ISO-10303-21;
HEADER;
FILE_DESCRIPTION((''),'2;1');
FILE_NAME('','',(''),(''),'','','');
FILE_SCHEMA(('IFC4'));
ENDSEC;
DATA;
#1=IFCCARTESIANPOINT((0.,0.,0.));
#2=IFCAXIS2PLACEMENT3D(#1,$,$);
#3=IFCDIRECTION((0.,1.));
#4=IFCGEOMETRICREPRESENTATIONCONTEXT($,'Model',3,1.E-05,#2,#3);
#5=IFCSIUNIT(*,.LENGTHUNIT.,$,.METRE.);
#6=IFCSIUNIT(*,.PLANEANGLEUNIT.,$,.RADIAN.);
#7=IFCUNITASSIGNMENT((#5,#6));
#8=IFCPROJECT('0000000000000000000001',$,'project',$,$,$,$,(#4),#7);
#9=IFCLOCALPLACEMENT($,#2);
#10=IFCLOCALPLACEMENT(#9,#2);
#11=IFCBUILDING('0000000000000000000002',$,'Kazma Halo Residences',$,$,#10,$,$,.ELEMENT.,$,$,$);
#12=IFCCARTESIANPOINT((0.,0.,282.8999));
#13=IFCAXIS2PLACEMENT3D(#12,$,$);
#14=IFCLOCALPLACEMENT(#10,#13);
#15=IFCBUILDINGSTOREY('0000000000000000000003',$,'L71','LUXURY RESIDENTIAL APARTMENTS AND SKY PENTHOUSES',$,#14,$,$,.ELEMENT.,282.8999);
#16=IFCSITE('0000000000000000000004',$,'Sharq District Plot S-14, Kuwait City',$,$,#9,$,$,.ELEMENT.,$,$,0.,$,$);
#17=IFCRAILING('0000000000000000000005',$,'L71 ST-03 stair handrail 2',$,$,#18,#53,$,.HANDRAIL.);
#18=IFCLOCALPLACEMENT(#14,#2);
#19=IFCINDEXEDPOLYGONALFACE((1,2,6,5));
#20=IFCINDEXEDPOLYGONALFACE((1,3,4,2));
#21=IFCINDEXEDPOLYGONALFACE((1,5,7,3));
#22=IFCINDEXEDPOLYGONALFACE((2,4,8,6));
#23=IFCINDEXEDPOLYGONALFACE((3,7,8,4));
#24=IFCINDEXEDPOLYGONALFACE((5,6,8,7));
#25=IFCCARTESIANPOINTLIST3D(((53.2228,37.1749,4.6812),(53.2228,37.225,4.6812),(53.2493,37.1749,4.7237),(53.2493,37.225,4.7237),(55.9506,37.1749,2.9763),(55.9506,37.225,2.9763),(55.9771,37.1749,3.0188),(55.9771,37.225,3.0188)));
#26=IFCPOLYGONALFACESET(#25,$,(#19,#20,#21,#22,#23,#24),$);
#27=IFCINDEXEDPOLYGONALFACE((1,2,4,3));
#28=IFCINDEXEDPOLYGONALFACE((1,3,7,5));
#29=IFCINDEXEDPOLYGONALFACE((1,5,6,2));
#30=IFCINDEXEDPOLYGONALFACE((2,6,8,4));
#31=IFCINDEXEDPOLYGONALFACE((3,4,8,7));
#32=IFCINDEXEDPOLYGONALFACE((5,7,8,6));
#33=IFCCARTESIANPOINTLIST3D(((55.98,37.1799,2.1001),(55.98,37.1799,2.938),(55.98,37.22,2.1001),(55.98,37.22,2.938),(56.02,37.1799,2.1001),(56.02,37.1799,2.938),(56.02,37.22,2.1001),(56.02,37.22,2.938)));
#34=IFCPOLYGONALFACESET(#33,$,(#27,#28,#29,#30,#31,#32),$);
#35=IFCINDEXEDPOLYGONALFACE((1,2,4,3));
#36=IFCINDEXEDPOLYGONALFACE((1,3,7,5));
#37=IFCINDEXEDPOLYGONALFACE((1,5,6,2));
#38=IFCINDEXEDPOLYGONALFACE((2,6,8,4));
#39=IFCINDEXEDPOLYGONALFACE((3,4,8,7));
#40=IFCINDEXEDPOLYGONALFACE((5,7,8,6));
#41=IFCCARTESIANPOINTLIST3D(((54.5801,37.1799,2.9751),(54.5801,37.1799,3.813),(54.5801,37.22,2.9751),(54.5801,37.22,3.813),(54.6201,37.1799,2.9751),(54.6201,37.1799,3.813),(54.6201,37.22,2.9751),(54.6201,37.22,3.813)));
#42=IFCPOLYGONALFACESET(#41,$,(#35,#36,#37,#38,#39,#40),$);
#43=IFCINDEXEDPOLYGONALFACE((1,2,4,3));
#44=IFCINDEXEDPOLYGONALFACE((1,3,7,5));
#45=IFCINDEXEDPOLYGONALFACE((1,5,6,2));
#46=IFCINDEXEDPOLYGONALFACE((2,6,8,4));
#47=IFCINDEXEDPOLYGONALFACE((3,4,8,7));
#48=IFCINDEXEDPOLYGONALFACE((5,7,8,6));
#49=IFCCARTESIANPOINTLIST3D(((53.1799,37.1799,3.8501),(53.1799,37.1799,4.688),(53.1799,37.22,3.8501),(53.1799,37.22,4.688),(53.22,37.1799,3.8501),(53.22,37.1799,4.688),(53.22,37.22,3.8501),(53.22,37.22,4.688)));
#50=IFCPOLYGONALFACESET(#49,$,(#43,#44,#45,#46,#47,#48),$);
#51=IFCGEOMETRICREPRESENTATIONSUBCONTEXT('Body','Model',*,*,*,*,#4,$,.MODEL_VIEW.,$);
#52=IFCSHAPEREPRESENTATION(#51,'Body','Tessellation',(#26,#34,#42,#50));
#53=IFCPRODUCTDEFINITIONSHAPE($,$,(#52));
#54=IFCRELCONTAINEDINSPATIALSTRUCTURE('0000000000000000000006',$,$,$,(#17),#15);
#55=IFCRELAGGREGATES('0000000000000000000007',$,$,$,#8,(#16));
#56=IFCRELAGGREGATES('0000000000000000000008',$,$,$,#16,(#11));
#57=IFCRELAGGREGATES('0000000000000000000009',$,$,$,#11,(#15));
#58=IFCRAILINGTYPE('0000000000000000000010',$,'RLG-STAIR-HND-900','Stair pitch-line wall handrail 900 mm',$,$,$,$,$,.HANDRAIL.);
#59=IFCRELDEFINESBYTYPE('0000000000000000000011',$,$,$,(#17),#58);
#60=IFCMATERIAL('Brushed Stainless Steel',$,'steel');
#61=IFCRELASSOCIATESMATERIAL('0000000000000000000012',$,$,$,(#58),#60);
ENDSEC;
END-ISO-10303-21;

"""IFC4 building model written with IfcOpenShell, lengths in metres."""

from ifc_helpers import new_model, si_unit, direction, frame, origin, origin_2d, place, context, subcontext, project, spatial, rectangle, extrude, material, type_object, element, save


model = new_model("IFC4")

# Units and contexts
model_context = context("Model", 3, precision=1e-05, world=origin(), true_north=direction((0.0, 1.0)))
body_context = subcontext(model_context, "Body", "Model", "MODEL_VIEW")
ifc_project = project(units=[si_unit("LENGTHUNIT", "METRE"), si_unit("PLANEANGLEUNIT", "RADIAN")], contexts=[model_context])

# Site, building, storey
site_placement = place(None, origin())
site = spatial("IfcSite", under=ifc_project, at=site_placement, Name="Sharq District Plot S-14, Kuwait City", CompositionType="ELEMENT", RefElevation=0.0)
building_placement = place(site_placement, origin())
building = spatial("IfcBuilding", under=site, at=building_placement, Name="Kazma Halo Residences", CompositionType="ELEMENT")
storey_placement = place(building_placement, frame((0.0, 0.0, 282.8999)))
storey = spatial("IfcBuildingStorey", under=building, at=storey_placement, Name="L71", Description="LUXURY RESIDENTIAL APARTMENTS AND SKY PENTHOUSES", CompositionType="ELEMENT", Elevation=282.8999)

# Railing
ifc_material_1 = material(Name="Brushed Stainless Steel", Category="steel")
railing_type_1 = type_object("IfcRailingType", Name="RLG-STAIR-HND-900", Description="Stair pitch-line wall handrail 900 mm", PredefinedType="HANDRAIL", material=ifc_material_1)
railing_1_placement = place(storey_placement, frame((56.0, 37.2, 2.1001)))
element("IfcRailing", 1, at=railing_1_placement, inside=storey, type_object=railing_type_1, Name="L71 ST-03 stair handrail 2", PredefinedType="HANDRAIL", context=body_context, shape_type="SweptSolid", body=[
    extrude(rectangle(XDim=0.05, YDim=0.05, at=origin_2d()), frame((-0.0361, 0.0, 0.8975), z_axis=(-0.848002, 0.0, 0.529992), x_axis=(0.0, -1.0, 0.0)), (0.0, 0.0, 1.0), 3.2168),
    extrude(rectangle(XDim=0.04, YDim=0.04, at=origin_2d()), origin(), (0.0, 0.0, 1.0), 0.8379),
    extrude(rectangle(XDim=0.04, YDim=0.04, at=origin_2d()), frame((-1.3999, 0.0, 0.875)), (0.0, 0.0, 1.0), 0.8379),
    extrude(rectangle(XDim=0.04, YDim=0.04, at=origin_2d()), frame((-2.8, 0.0, 1.75)), (0.0, 0.0, 1.0), 0.8379),
])

save(model, "model.ifc")
